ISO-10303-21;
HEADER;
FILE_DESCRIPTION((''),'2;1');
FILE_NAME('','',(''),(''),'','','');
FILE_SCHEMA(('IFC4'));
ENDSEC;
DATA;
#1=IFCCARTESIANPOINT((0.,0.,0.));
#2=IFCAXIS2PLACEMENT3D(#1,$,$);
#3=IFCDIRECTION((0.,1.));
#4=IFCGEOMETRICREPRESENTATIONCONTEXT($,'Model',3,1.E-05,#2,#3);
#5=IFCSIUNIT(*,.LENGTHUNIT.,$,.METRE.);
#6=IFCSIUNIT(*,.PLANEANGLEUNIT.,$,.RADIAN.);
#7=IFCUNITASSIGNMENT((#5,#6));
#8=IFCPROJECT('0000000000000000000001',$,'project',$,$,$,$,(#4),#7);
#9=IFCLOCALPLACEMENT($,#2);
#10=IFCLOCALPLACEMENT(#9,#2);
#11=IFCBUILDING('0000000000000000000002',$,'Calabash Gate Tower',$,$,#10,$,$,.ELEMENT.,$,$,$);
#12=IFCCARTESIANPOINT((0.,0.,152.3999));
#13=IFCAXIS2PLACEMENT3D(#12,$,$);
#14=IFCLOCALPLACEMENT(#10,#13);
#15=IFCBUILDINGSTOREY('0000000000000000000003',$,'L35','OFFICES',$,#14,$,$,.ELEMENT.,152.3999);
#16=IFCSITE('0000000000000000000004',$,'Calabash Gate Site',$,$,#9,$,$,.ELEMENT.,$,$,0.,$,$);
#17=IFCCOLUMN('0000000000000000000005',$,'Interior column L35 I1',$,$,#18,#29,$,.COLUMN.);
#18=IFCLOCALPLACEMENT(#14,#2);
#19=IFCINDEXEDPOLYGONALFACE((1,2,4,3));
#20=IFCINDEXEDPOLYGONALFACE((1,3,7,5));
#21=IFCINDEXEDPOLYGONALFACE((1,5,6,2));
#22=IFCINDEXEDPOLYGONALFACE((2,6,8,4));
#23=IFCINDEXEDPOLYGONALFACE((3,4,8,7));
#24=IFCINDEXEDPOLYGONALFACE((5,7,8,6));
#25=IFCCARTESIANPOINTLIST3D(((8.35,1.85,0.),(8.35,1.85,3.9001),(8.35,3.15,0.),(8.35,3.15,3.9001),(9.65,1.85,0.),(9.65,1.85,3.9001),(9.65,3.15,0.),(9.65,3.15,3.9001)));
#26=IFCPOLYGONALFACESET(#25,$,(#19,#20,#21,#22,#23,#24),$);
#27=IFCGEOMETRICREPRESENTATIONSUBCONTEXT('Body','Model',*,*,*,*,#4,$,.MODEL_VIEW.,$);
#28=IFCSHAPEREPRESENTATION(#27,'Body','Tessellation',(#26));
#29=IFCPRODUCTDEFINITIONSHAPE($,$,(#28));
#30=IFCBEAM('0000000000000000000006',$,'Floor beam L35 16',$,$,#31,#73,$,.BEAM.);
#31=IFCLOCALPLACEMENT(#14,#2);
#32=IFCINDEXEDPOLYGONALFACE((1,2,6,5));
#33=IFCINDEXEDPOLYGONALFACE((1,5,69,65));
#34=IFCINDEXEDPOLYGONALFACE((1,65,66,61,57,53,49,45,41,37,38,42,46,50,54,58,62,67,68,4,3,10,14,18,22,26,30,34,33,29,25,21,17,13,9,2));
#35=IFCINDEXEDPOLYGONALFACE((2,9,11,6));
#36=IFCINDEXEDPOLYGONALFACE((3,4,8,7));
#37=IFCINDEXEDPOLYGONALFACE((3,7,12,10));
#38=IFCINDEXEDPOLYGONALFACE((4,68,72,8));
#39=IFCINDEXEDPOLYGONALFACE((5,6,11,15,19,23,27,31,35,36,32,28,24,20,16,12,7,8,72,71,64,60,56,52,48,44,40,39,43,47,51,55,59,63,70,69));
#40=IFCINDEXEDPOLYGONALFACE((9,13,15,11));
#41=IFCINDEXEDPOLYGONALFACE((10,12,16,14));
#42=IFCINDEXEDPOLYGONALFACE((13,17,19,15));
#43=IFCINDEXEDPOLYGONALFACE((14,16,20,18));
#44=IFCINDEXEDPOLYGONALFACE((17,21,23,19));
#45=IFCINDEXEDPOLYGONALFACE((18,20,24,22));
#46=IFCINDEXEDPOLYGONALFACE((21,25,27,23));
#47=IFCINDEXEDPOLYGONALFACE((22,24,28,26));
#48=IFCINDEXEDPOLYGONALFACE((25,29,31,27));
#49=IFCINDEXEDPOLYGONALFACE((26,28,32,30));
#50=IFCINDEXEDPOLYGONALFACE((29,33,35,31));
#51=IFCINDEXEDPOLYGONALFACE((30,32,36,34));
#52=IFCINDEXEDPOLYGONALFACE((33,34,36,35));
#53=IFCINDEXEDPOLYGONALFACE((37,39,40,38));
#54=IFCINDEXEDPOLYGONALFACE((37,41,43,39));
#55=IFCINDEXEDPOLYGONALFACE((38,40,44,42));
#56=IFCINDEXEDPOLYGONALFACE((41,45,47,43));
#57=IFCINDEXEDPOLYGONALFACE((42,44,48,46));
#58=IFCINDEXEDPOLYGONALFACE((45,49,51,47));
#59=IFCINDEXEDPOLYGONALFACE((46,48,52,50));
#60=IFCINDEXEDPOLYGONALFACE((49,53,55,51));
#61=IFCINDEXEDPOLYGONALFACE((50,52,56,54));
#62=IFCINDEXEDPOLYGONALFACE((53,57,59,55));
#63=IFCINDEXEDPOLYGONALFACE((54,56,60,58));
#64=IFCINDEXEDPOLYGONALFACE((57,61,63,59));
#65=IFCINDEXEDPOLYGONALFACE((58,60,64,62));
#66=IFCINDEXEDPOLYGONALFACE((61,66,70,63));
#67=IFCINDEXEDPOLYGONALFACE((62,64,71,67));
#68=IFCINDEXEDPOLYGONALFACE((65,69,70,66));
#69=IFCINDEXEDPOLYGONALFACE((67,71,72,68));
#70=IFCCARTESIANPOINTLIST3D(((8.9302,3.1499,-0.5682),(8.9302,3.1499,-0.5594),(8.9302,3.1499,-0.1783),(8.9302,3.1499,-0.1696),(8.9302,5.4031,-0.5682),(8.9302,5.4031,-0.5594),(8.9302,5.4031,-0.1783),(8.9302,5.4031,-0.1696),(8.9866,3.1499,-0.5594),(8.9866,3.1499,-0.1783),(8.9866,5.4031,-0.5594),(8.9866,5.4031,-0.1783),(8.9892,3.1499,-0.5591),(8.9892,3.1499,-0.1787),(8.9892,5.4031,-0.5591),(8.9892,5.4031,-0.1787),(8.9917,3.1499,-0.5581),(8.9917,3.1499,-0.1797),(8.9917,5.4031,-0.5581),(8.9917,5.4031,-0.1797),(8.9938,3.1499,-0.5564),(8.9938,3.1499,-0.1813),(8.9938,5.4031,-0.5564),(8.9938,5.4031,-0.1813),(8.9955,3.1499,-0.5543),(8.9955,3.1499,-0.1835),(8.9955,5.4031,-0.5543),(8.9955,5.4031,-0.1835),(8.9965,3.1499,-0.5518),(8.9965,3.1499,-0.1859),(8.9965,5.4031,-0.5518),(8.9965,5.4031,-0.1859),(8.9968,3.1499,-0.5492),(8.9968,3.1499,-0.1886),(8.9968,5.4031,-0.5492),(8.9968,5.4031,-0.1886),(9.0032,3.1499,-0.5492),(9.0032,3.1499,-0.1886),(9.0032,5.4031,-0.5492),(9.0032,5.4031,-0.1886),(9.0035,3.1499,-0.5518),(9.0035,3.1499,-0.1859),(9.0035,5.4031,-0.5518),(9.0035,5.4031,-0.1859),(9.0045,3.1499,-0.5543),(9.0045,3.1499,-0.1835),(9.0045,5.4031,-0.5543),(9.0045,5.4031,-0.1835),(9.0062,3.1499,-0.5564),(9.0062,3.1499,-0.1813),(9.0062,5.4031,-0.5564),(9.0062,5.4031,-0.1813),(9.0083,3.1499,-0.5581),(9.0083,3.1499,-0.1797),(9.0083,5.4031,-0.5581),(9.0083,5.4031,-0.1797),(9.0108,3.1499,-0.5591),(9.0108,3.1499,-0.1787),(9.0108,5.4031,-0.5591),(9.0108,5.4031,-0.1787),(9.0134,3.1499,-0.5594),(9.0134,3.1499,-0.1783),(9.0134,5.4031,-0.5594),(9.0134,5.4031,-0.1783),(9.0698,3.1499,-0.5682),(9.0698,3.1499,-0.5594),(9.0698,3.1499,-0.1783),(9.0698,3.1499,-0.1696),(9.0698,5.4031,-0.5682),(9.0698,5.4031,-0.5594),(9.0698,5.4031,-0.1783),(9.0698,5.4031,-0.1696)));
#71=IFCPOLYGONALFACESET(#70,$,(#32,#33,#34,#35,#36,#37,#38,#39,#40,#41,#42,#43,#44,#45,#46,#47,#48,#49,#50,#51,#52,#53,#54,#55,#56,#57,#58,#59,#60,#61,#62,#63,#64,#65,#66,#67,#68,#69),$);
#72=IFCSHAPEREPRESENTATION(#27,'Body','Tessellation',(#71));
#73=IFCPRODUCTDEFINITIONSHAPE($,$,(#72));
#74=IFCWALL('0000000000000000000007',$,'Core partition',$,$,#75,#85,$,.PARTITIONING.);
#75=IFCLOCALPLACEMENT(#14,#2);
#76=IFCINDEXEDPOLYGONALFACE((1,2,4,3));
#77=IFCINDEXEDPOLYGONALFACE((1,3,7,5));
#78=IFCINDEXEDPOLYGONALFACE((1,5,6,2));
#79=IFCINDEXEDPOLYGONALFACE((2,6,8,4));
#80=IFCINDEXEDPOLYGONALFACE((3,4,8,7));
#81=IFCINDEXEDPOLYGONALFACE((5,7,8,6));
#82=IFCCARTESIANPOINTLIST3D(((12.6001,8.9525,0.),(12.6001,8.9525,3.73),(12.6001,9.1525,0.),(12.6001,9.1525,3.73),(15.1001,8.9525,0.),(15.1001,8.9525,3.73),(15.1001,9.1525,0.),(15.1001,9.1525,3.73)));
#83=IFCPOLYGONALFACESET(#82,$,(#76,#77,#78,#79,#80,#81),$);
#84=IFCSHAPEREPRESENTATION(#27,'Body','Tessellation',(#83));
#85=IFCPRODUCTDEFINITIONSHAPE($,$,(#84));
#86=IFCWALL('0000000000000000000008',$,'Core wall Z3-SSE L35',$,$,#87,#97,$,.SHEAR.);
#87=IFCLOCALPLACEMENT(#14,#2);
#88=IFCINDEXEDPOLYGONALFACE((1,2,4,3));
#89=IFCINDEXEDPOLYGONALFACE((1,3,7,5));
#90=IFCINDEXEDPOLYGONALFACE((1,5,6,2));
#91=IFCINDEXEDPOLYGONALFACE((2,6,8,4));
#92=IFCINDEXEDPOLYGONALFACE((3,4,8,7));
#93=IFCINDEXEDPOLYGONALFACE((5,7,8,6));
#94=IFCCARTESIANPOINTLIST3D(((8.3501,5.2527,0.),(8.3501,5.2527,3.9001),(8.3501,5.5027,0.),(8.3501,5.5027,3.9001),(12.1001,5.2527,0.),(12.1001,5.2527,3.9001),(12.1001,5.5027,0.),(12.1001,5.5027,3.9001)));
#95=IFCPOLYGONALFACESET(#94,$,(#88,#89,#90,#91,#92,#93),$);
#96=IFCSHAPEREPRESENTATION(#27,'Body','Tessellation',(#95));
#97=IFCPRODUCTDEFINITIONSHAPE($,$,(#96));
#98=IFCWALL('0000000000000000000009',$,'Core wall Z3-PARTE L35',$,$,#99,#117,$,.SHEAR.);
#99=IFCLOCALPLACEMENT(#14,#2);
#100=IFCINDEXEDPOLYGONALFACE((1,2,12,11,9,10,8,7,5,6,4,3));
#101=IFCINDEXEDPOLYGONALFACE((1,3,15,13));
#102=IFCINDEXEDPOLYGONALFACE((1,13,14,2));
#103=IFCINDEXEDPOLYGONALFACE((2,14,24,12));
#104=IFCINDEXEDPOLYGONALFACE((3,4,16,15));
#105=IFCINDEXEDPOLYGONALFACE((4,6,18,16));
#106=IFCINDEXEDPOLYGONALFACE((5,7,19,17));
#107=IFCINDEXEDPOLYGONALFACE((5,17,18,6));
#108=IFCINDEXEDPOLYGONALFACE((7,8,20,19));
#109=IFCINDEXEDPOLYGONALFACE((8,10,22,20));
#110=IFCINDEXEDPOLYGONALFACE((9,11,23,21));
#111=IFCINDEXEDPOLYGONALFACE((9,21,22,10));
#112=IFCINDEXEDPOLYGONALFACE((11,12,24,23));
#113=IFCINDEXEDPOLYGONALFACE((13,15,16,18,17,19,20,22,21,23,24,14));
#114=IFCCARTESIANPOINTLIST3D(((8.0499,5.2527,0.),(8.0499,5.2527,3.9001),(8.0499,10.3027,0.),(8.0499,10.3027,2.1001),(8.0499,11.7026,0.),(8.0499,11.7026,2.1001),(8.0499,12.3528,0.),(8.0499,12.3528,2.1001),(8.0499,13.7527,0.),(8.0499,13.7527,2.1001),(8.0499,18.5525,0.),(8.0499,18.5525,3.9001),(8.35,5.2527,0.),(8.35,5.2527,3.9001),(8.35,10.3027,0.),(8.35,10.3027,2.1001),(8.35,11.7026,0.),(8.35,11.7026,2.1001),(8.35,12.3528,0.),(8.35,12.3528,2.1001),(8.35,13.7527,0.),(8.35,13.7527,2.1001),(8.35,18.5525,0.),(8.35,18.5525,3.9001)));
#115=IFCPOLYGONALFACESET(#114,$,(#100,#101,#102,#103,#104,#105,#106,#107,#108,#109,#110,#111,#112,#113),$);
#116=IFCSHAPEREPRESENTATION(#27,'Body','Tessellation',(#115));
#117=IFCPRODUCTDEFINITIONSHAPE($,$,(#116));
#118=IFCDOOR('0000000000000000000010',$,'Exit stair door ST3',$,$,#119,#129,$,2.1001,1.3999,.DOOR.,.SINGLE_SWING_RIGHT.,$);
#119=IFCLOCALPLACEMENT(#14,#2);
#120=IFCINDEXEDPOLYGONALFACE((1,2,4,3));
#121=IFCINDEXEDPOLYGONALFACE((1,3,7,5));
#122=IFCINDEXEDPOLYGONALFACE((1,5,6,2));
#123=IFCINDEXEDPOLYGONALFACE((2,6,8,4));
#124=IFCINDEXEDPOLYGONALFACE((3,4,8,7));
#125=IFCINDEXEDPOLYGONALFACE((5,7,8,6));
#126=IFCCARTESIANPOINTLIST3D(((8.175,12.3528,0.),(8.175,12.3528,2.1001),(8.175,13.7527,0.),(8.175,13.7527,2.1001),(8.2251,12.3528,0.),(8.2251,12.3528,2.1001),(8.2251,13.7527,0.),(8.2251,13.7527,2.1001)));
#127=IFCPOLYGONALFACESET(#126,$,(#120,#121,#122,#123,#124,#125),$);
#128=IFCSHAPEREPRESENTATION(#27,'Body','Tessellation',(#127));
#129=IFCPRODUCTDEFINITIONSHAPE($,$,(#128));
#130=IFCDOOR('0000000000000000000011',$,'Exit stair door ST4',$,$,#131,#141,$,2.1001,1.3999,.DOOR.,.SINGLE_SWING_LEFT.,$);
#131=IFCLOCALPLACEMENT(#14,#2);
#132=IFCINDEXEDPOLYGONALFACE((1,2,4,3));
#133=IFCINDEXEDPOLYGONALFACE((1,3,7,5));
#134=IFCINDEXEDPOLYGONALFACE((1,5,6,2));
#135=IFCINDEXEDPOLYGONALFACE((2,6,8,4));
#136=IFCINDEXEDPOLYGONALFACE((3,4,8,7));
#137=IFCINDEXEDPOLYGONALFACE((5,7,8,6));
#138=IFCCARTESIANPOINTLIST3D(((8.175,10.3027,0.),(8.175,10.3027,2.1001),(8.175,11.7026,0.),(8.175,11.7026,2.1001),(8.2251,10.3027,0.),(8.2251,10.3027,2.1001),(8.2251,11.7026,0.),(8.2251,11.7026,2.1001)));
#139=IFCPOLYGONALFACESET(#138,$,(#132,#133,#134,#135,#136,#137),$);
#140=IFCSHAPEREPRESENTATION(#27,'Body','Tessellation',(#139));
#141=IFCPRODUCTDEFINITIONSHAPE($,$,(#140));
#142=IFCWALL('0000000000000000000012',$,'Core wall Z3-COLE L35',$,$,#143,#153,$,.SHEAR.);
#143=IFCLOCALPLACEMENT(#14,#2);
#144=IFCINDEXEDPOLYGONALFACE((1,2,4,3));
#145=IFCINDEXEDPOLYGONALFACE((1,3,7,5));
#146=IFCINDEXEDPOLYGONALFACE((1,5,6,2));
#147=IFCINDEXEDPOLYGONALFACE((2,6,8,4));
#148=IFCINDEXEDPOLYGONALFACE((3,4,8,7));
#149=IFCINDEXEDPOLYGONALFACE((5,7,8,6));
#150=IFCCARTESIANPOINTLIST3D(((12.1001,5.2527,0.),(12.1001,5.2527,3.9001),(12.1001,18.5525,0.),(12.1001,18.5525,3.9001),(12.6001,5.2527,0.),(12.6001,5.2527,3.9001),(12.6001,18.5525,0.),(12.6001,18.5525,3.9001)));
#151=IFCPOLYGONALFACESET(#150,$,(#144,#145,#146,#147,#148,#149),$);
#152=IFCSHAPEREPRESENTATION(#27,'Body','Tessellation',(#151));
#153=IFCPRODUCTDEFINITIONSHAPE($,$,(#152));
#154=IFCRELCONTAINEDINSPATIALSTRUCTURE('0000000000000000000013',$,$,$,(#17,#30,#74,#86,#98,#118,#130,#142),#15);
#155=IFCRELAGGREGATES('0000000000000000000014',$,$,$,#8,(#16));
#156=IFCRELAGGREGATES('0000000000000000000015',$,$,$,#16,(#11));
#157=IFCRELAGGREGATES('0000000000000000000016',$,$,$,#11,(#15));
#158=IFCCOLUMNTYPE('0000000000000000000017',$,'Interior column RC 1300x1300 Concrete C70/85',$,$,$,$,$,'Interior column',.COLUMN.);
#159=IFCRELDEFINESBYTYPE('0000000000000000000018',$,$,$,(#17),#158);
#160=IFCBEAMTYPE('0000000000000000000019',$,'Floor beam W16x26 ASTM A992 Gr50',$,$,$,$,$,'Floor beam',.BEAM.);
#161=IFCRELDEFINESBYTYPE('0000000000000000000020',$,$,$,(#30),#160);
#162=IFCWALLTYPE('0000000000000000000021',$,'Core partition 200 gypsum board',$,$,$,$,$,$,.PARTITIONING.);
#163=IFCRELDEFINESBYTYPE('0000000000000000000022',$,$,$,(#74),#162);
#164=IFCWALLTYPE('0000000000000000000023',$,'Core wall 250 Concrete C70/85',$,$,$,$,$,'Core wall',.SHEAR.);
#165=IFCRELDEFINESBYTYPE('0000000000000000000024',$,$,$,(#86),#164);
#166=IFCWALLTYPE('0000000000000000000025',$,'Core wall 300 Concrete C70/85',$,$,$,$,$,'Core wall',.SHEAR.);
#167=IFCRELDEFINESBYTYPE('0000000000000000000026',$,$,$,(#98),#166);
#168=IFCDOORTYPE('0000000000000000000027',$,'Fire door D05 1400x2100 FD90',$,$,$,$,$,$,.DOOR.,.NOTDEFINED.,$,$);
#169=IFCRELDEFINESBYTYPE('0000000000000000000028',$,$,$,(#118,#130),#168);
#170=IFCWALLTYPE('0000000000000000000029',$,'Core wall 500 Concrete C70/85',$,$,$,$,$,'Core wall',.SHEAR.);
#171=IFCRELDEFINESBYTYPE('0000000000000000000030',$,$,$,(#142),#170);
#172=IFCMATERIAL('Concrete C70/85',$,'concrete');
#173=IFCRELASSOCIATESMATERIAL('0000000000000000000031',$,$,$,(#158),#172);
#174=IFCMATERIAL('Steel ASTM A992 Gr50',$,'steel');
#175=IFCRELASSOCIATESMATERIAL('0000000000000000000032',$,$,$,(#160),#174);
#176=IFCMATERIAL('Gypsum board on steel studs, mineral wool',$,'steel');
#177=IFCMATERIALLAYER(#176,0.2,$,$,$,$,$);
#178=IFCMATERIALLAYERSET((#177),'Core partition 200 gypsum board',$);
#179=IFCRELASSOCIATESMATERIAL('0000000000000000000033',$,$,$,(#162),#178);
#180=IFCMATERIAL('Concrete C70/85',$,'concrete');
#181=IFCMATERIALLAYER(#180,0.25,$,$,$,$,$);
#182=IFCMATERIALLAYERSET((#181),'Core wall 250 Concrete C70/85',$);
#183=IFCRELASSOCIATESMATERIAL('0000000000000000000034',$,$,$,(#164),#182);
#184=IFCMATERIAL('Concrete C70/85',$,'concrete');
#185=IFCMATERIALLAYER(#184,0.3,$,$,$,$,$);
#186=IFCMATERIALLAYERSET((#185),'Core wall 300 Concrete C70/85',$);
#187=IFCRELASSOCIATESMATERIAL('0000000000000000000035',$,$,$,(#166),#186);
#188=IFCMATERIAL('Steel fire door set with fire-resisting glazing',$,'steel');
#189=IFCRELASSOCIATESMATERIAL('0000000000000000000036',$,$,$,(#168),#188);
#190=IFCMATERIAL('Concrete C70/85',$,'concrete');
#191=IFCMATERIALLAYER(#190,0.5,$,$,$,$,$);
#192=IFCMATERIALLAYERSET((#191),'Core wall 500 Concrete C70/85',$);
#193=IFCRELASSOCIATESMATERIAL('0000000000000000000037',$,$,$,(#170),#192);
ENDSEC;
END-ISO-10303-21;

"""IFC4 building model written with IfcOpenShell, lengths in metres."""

from ifc_helpers import new_model, si_unit, direction, frame, frame_2d, origin, origin_2d, place, context, subcontext, project, spatial, rectangle, i_section, extrude, material, layer, layer_set, material_profile, profile_set, type_object, element, fill, save


model = new_model("IFC4")

# Units and contexts
model_context = context("Model", 3, precision=1e-05, world=origin(), true_north=direction((0.0, 1.0)))
body_context = subcontext(model_context, "Body", "Model", "MODEL_VIEW")
ifc_project = project(units=[si_unit("LENGTHUNIT", "METRE"), si_unit("PLANEANGLEUNIT", "RADIAN")], contexts=[model_context])

# Site, building, storey
site_placement = place(None, origin())
site = spatial("IfcSite", under=ifc_project, at=site_placement, Name="Calabash Gate Site", CompositionType="ELEMENT", RefElevation=0.0)
building_placement = place(site_placement, origin())
building = spatial("IfcBuilding", under=site, at=building_placement, Name="Calabash Gate Tower", CompositionType="ELEMENT")
storey_placement = place(building_placement, frame((0.0, 0.0, 152.3999)))
storey = spatial("IfcBuildingStorey", under=building, at=storey_placement, Name="L35", Description="OFFICES", CompositionType="ELEMENT", Elevation=152.3999)

# Column
ifc_material_1 = material(Name="Concrete C70/85", Category="concrete")
ifc_material_profile_1 = material_profile(ifc_material_1, rectangle(XDim=1.3, YDim=1.3, at=origin_2d()))
ifc_profile_set_1 = profile_set([ifc_material_profile_1], Name="Concrete C70/85")
column_type = type_object("IfcColumnType", Name="Interior column RC 1300x1300 Concrete C70/85", ElementType="Interior column", PredefinedType="COLUMN", material=ifc_profile_set_1)
column_placement = place(storey_placement, frame((9.0, 2.5, 0.0), z_axis=(0.0, 0.0, 1.0), x_axis=(1.0, 0.0, 0.0)))
element("IfcColumn", 1, at=column_placement, inside=storey, type_object=column_type, Name="Interior column L35 I1", PredefinedType="COLUMN", context=body_context, shape_type="SweptSolid", body=[
    extrude(rectangle(XDim=1.3, YDim=1.3, at=origin_2d()), origin(), (0.0, 0.0, 1.0), 3.9001),
])

# Beam
ifc_material_2 = material(Name="Steel ASTM A992 Gr50", Category="steel")
ifc_material_profile_2 = material_profile(ifc_material_2, i_section(OverallWidth=0.1396, OverallDepth=0.3987, WebThickness=0.0063, FlangeThickness=0.0088, FilletRadius=0.0103, at=origin_2d()))
ifc_profile_set_2 = profile_set([ifc_material_profile_2], Name="Steel ASTM A992 Gr50")
beam_type = type_object("IfcBeamType", Name="Floor beam W16x26 ASTM A992 Gr50", ElementType="Floor beam", PredefinedType="BEAM", material=ifc_profile_set_2)
beam_placement = place(storey_placement, frame((9.0, 3.1499, -0.3689), z_axis=(0.0, 1.0, 0.0), x_axis=(-1.0, 0.0, 0.0)))
element("IfcBeam", 2, at=beam_placement, inside=storey, type_object=beam_type, Name="Floor beam L35 16", PredefinedType="BEAM", context=body_context, shape_type="SweptSolid", body=[
    extrude(i_section(OverallWidth=0.1396, OverallDepth=0.3987, WebThickness=0.0063, FlangeThickness=0.0088, FilletRadius=0.0103, at=origin_2d()), origin(), (0.0, 0.0, 1.0), 2.2532),
])

# Walls
ifc_material_3 = material(Name="Gypsum board on steel studs, mineral wool", Category="steel")
ifc_layer_1 = layer(ifc_material_3, 0.2)
ifc_layer_set_1 = layer_set([ifc_layer_1], Name="Core partition 200 gypsum board")
wall_type_1 = type_object("IfcWallType", Name="Core partition 200 gypsum board", PredefinedType="PARTITIONING", material=ifc_layer_set_1)
wall_1_placement = place(storey_placement, frame((12.6001, 9.0525, 0.0), z_axis=(0.0, 0.0, 1.0), x_axis=(1.0, 0.0, 0.0)))
element("IfcWall", 3, at=wall_1_placement, inside=storey, type_object=wall_type_1, Name="Core partition", PredefinedType="PARTITIONING", context=body_context, shape_type="SweptSolid", body=[
    extrude(rectangle(XDim=2.5, YDim=0.2, at=frame_2d((1.25, 0.0))), origin(), (0.0, 0.0, 1.0), 3.73),
])
ifc_material_4 = material(Name="Concrete C70/85", Category="concrete")
ifc_layer_2 = layer(ifc_material_4, 0.25)
ifc_layer_set_2 = layer_set([ifc_layer_2], Name="Core wall 250 Concrete C70/85")
wall_type_2 = type_object("IfcWallType", Name="Core wall 250 Concrete C70/85", ElementType="Core wall", PredefinedType="SHEAR", material=ifc_layer_set_2)
wall_2_placement = place(storey_placement, frame((8.3501, 5.3777, 0.0), z_axis=(0.0, 0.0, 1.0), x_axis=(1.0, 0.0, 0.0)))
element("IfcWall", 4, at=wall_2_placement, inside=storey, type_object=wall_type_2, Name="Core wall Z3-SSE L35", PredefinedType="SHEAR", context=body_context, shape_type="SweptSolid", body=[
    extrude(rectangle(XDim=3.75, YDim=0.25, at=frame_2d((1.875, 0.0))), origin(), (0.0, 0.0, 1.0), 3.9001),
])

# Wall, openings, doors
ifc_material_5 = material(Name="Concrete C70/85", Category="concrete")
ifc_layer_3 = layer(ifc_material_5, 0.3)
ifc_layer_set_3 = layer_set([ifc_layer_3], Name="Core wall 300 Concrete C70/85")
wall_type_3 = type_object("IfcWallType", Name="Core wall 300 Concrete C70/85", ElementType="Core wall", PredefinedType="SHEAR", material=ifc_layer_set_3)
wall_3_placement = place(storey_placement, frame((8.2, 5.2527, 0.0), z_axis=(0.0, 0.0, 1.0), x_axis=(0.0, 1.0, 0.0)))
wall_3 = element("IfcWall", 5, at=wall_3_placement, inside=storey, type_object=wall_type_3, Name="Core wall Z3-PARTE L35", PredefinedType="SHEAR", context=body_context, shape_type="SweptSolid", body=[
    extrude(rectangle(XDim=13.2998, YDim=0.3, at=frame_2d((6.6499, 0.0))), origin(), (0.0, 0.0, 1.0), 3.9001),
])
opening_1_placement = place(wall_3_placement, frame((7.1001, 0.0, 0.0)))
opening_1 = element("IfcOpeningElement", 6, at=opening_1_placement, cuts=wall_3, PredefinedType="OPENING", context=body_context, shape_type="SweptSolid", body=[
    extrude(rectangle(XDim=1.3999, YDim=2.1001, at=frame_2d((0.7, 1.05))), frame((0.0, 0.1599, 0.0), z_axis=(0.0, -1.0, 0.0), x_axis=(1.0, 0.0, 0.0)), (0.0, 0.0, 1.0), 0.3201),
])
opening_2_placement = place(wall_3_placement, frame((5.05, 0.0, 0.0)))
opening_2 = element("IfcOpeningElement", 7, at=opening_2_placement, cuts=wall_3, PredefinedType="OPENING", context=body_context, shape_type="SweptSolid", body=[
    extrude(rectangle(XDim=1.3999, YDim=2.1001, at=frame_2d((0.7, 1.05))), frame((0.0, 0.1599, 0.0), z_axis=(0.0, -1.0, 0.0), x_axis=(1.0, 0.0, 0.0)), (0.0, 0.0, 1.0), 0.3201),
])
ifc_material_6 = material(Name="Steel fire door set with fire-resisting glazing", Category="steel")
door_type_1 = type_object("IfcDoorType", Name="Fire door D05 1400x2100 FD90", OperationType="NOTDEFINED", PredefinedType="DOOR", material=ifc_material_6)
door_1_placement = place(opening_1_placement, origin())
door_1 = element("IfcDoor", 8, at=door_1_placement, inside=storey, type_object=door_type_1, Name="Exit stair door ST3", OperationType="SINGLE_SWING_RIGHT", OverallHeight=2.1001, OverallWidth=1.3999, PredefinedType="DOOR", context=body_context, shape_type="SweptSolid", body=[
    extrude(rectangle(XDim=1.3999, YDim=2.1001, at=frame_2d((0.7, 1.05))), frame((0.0, 0.0249, 0.0), z_axis=(0.0, -1.0, 0.0), x_axis=(1.0, 0.0, 0.0)), (0.0, 0.0, 1.0), 0.05),
])
fill(opening_1, door_1)
door_2_placement = place(opening_2_placement, origin())
door_2 = element("IfcDoor", 9, at=door_2_placement, inside=storey, type_object=door_type_1, Name="Exit stair door ST4", OperationType="SINGLE_SWING_LEFT", OverallHeight=2.1001, OverallWidth=1.3999, PredefinedType="DOOR", context=body_context, shape_type="SweptSolid", body=[
    extrude(rectangle(XDim=1.3999, YDim=2.1001, at=frame_2d((0.7, 1.05))), frame((0.0, 0.0249, 0.0), z_axis=(0.0, -1.0, 0.0), x_axis=(1.0, 0.0, 0.0)), (0.0, 0.0, 1.0), 0.05),
])
fill(opening_2, door_2)

# Wall
ifc_material_7 = material(Name="Concrete C70/85", Category="concrete")
ifc_layer_4 = layer(ifc_material_7, 0.5)
ifc_layer_set_4 = layer_set([ifc_layer_4], Name="Core wall 500 Concrete C70/85")
wall_type_4 = type_object("IfcWallType", Name="Core wall 500 Concrete C70/85", ElementType="Core wall", PredefinedType="SHEAR", material=ifc_layer_set_4)
wall_4_placement = place(storey_placement, frame((12.3501, 5.2527, 0.0), z_axis=(0.0, 0.0, 1.0), x_axis=(0.0, 1.0, 0.0)))
element("IfcWall", 10, at=wall_4_placement, inside=storey, type_object=wall_type_4, Name="Core wall Z3-COLE L35", PredefinedType="SHEAR", context=body_context, shape_type="SweptSolid", body=[
    extrude(rectangle(XDim=13.2998, YDim=0.5, at=frame_2d((6.6499, 0.0))), origin(), (0.0, 0.0, 1.0), 3.9001),
])

save(model, "model.ifc")
